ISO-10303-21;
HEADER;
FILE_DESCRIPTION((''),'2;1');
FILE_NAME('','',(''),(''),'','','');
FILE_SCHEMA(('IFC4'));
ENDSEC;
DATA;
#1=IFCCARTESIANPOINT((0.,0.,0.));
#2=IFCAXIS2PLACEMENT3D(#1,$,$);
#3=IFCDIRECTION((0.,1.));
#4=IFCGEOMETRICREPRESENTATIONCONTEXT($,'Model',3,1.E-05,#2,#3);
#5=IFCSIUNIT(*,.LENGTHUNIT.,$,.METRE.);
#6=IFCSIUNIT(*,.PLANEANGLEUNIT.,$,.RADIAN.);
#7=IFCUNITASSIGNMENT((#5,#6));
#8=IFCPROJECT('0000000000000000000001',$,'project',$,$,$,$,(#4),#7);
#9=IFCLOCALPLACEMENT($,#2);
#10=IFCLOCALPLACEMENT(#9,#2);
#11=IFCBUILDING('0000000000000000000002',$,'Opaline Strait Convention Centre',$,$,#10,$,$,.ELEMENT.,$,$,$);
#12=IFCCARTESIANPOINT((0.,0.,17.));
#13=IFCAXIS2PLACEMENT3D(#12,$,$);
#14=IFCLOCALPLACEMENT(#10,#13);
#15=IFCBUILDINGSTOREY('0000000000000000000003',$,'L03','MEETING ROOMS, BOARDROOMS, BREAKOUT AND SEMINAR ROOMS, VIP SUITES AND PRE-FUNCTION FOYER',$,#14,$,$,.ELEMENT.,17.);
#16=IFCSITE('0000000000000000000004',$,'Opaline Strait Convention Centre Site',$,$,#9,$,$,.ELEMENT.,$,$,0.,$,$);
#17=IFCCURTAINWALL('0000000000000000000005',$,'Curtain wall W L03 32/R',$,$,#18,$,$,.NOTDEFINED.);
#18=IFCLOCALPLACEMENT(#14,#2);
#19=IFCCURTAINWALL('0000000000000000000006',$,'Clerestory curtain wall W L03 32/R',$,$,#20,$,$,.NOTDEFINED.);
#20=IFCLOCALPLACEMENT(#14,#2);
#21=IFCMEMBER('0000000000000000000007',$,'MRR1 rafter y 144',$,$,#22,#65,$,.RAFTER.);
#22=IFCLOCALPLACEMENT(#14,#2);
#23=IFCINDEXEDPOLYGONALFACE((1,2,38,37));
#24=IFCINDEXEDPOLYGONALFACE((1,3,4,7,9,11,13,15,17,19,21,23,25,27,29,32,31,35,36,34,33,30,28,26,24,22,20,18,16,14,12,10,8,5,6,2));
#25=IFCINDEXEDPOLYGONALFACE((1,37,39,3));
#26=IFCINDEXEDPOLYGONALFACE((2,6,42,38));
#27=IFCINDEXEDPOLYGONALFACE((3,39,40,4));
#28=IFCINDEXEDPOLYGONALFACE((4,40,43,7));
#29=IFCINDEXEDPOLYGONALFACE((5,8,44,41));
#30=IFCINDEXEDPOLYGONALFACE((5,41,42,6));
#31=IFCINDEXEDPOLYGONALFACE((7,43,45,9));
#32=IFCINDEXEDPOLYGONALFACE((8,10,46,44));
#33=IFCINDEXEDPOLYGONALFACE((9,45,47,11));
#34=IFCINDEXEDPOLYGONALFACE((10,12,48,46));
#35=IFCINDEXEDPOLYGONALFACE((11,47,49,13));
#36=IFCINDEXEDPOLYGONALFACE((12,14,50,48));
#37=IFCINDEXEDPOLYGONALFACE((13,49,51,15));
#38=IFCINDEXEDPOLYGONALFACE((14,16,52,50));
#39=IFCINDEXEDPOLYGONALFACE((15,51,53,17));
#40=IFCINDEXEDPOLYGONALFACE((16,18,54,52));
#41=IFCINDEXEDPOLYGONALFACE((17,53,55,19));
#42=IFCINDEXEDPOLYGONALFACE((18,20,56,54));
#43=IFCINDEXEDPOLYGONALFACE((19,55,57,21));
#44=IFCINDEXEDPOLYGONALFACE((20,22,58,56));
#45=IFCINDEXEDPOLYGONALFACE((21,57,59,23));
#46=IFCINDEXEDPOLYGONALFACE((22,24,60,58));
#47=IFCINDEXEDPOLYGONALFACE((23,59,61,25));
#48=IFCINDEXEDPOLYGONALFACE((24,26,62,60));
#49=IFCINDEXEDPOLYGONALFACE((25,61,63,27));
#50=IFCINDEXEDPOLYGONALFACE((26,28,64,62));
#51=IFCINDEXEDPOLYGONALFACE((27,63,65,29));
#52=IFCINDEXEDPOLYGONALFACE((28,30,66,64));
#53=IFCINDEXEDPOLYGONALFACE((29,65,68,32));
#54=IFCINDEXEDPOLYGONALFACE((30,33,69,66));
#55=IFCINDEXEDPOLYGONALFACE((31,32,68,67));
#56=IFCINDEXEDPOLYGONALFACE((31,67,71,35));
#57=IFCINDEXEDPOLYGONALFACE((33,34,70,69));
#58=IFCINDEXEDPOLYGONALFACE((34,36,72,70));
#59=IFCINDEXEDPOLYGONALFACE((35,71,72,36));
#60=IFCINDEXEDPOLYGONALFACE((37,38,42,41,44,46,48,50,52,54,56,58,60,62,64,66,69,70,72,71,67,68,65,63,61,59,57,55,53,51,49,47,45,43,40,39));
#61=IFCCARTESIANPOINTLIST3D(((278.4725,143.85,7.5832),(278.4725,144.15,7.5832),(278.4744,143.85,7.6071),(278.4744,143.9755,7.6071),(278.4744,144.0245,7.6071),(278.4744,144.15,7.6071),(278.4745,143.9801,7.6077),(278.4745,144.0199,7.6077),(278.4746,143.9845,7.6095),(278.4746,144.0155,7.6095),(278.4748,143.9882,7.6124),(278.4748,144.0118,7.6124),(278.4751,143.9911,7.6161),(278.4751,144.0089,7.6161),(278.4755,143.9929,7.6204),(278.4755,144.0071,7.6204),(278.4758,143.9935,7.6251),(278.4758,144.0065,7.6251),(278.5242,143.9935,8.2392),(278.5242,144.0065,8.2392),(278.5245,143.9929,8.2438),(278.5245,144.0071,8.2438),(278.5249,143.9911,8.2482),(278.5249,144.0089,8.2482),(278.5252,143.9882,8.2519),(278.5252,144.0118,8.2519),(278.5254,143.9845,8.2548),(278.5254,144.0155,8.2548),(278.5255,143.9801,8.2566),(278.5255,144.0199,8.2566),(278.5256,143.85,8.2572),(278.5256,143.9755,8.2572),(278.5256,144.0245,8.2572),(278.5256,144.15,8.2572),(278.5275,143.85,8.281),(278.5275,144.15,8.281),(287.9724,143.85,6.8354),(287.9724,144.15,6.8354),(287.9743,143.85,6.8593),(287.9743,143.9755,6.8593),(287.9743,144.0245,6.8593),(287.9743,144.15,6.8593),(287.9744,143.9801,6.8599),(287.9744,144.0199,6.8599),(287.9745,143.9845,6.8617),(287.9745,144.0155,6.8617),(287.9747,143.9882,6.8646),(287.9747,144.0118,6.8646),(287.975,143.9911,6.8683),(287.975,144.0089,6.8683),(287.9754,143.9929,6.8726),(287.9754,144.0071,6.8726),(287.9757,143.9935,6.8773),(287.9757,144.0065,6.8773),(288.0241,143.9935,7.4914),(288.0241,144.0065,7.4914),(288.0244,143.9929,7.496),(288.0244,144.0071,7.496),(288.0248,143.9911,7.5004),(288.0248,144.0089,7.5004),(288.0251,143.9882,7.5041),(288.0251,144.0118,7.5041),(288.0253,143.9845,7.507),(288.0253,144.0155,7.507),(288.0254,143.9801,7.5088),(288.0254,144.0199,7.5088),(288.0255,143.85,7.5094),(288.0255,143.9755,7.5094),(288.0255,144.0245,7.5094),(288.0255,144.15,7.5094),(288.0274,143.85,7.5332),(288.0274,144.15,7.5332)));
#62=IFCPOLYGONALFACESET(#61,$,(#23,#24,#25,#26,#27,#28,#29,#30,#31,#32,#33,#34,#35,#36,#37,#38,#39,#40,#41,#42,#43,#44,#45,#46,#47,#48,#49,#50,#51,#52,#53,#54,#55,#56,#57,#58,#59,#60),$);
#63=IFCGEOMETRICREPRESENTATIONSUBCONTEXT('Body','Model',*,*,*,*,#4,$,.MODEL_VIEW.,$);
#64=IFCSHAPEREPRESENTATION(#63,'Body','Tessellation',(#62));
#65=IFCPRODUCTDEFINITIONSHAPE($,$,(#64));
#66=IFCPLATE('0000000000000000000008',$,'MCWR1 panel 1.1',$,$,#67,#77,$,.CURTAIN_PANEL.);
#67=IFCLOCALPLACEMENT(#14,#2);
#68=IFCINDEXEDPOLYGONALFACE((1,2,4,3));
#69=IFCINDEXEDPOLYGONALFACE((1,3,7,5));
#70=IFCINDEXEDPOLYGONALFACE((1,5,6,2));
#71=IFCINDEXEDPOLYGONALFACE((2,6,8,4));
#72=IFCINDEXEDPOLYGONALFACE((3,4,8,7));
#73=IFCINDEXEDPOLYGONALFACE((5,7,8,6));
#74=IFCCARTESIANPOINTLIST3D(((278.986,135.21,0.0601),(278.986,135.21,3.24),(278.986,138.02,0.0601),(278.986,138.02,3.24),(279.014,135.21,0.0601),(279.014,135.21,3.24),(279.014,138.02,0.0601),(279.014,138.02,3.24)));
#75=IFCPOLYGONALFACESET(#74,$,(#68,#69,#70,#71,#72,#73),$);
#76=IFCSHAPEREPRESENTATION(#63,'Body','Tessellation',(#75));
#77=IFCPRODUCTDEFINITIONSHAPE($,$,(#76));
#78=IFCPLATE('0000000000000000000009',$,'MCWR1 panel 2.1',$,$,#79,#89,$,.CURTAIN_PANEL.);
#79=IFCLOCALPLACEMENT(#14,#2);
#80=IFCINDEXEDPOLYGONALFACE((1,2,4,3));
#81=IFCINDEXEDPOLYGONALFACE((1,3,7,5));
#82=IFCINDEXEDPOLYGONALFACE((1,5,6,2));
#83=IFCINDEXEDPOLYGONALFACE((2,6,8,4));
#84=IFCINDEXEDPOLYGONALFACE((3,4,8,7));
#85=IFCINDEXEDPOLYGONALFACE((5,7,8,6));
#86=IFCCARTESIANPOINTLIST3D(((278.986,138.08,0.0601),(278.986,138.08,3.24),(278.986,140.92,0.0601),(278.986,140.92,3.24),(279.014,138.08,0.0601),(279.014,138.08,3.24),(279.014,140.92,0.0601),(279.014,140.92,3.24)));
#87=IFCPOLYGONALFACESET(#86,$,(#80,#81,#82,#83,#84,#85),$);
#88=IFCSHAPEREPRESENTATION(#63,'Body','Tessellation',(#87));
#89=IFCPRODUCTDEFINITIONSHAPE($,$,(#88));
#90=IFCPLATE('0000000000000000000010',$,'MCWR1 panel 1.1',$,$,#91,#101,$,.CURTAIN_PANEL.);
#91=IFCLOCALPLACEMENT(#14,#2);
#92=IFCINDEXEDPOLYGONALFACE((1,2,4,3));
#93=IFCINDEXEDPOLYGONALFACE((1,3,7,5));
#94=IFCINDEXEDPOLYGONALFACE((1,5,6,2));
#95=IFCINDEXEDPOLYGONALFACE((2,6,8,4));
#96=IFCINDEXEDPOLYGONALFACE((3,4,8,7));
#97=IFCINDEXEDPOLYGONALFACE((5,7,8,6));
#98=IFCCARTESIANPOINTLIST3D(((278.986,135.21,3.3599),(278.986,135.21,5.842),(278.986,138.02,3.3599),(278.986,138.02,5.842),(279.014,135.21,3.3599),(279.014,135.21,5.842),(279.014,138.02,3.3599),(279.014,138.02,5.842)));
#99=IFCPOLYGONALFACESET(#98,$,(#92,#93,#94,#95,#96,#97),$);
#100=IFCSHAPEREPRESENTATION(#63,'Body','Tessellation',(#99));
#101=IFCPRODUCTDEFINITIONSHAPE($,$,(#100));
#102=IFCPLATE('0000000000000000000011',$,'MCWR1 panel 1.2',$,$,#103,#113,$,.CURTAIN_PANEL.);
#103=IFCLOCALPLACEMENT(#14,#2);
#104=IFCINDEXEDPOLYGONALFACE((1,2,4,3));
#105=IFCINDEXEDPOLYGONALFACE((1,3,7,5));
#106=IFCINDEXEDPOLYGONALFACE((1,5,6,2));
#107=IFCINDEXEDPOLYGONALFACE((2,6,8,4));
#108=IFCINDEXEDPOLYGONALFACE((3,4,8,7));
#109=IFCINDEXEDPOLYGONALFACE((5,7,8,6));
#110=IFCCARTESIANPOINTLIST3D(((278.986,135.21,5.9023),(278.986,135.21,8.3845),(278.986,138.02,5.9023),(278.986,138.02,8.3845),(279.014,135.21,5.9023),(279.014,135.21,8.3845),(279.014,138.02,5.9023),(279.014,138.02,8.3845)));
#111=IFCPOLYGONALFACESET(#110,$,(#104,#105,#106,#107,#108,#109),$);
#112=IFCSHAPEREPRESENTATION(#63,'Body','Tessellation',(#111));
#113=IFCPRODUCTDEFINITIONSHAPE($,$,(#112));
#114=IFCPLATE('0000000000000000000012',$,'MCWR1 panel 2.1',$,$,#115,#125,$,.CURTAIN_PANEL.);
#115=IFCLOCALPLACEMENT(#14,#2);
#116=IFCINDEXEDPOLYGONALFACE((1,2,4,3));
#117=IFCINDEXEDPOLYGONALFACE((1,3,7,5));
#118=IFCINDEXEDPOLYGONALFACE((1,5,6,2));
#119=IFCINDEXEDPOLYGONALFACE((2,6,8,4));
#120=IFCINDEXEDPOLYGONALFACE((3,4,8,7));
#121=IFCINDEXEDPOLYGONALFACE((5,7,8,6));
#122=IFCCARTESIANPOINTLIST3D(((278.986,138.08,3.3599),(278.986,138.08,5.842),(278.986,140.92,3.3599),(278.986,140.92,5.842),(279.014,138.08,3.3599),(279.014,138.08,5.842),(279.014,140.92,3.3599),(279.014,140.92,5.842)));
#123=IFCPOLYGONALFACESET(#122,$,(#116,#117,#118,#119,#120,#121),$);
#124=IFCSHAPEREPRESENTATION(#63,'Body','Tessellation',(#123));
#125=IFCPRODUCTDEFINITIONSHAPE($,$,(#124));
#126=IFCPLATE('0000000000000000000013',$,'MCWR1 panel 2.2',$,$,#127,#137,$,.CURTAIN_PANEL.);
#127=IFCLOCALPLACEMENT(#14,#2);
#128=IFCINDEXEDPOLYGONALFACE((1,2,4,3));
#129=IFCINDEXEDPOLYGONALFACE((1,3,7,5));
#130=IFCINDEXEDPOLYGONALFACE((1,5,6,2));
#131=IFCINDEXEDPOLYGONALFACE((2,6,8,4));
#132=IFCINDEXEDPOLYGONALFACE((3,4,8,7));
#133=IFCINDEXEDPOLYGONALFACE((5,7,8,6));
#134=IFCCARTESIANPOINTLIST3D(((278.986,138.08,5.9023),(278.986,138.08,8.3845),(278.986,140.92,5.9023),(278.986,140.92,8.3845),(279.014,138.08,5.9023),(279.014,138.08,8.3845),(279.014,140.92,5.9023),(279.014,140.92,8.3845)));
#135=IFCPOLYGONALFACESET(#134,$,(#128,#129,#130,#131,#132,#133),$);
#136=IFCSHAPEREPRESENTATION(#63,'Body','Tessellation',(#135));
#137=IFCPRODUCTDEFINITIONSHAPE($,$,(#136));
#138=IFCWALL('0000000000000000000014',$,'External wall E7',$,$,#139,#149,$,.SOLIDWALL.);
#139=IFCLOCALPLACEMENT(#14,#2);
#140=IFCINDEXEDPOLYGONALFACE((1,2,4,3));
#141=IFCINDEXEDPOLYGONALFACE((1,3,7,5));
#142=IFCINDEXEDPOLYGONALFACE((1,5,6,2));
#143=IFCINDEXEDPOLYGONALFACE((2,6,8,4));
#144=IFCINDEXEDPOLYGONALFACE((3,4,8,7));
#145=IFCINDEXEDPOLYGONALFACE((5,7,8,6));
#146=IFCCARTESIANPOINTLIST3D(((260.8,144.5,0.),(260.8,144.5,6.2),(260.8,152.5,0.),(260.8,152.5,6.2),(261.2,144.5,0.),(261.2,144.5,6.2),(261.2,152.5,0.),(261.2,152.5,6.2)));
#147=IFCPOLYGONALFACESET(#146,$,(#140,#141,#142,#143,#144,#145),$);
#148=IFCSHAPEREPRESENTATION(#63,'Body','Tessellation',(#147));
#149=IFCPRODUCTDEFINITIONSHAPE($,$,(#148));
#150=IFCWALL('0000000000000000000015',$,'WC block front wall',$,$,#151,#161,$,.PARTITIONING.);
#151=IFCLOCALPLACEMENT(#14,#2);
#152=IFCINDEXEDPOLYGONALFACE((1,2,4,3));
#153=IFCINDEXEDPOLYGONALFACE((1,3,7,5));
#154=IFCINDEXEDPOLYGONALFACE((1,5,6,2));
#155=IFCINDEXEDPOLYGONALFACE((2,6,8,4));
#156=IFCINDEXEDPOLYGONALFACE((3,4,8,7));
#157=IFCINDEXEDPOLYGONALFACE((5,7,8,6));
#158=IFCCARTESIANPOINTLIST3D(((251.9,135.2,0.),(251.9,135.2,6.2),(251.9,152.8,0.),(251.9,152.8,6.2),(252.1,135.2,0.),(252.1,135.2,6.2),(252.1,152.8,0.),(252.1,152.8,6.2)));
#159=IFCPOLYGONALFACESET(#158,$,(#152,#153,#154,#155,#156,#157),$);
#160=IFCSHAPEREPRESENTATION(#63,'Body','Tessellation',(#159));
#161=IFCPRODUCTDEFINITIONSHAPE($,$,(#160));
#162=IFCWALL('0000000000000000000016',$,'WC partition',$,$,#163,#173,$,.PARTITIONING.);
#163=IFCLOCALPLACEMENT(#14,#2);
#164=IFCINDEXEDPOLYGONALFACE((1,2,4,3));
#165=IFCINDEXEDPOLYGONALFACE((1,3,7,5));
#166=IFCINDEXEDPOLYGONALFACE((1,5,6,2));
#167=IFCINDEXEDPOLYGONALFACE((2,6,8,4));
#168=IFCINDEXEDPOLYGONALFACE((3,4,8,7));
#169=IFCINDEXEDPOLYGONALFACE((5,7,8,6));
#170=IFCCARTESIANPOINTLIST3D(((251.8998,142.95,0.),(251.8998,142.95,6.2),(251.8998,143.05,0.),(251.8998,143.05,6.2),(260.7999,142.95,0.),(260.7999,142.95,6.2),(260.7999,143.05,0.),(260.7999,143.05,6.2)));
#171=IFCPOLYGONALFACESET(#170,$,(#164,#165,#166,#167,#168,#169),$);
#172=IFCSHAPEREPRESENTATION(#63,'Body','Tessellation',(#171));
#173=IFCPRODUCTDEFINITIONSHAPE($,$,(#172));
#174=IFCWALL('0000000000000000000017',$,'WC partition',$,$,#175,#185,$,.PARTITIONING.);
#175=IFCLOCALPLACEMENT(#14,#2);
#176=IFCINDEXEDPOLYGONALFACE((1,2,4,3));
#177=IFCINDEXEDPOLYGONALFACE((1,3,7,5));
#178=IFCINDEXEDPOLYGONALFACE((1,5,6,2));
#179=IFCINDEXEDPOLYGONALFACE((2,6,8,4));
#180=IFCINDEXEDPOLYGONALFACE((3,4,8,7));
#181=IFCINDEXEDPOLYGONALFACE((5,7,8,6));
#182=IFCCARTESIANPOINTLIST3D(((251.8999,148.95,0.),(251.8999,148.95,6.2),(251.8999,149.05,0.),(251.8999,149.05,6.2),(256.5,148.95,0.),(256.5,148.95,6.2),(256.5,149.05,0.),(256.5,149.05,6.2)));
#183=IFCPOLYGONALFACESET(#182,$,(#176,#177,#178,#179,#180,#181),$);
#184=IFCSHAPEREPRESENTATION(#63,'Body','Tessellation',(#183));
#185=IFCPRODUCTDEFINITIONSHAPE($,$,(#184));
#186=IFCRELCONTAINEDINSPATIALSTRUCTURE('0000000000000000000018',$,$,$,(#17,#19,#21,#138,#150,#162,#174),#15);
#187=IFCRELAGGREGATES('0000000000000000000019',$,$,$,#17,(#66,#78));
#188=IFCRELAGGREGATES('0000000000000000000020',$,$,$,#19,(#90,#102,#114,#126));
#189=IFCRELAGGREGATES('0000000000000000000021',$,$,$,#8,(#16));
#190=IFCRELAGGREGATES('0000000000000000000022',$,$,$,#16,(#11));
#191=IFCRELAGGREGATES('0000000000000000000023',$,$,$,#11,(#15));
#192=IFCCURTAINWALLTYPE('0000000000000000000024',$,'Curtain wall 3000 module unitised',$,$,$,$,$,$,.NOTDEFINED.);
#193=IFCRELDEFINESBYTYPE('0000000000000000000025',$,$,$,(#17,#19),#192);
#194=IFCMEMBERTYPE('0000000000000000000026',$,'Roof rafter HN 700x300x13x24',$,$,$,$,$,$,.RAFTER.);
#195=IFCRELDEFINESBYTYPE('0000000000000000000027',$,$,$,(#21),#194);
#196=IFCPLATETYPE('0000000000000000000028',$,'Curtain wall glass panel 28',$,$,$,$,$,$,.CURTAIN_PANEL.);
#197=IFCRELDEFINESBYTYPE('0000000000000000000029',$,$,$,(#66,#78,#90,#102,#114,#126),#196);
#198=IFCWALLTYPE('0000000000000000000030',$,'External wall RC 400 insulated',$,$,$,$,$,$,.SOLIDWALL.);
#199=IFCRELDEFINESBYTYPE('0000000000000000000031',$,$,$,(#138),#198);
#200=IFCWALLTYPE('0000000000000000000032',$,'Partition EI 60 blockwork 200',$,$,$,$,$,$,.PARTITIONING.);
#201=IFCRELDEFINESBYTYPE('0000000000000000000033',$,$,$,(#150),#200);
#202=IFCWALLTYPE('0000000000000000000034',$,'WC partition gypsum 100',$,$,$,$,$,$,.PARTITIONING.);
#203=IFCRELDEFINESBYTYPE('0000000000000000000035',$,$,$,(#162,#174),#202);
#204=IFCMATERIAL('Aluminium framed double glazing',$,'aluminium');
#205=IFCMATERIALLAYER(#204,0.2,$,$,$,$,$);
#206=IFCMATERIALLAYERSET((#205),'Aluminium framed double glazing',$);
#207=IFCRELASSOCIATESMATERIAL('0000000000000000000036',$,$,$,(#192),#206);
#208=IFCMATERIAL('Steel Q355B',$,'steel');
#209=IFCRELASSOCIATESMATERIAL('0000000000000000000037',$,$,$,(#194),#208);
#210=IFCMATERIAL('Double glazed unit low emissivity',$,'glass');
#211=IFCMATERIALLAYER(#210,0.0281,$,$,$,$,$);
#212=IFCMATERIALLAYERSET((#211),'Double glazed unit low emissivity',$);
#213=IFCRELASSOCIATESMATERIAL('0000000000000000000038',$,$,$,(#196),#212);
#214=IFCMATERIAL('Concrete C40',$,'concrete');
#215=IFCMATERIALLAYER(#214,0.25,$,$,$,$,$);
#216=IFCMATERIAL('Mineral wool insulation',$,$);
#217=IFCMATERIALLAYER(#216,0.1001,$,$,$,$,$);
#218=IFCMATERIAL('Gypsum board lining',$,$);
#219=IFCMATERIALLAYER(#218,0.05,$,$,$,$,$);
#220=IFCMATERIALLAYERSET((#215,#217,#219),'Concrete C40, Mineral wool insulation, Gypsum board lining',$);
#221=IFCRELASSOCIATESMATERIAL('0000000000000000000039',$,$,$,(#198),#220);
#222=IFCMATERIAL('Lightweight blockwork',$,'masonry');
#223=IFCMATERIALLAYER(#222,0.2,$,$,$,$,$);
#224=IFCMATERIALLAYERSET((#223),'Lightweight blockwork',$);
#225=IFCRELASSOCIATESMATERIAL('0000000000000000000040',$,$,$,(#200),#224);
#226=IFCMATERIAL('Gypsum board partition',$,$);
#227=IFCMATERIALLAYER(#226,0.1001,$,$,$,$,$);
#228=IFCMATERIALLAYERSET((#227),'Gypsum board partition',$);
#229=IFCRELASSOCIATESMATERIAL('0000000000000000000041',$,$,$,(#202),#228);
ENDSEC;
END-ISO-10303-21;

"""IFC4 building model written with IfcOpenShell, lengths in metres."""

from ifc_helpers import new_model, si_unit, direction, frame, frame_2d, origin, origin_2d, place, context, subcontext, project, spatial, rectangle, i_section, extrude, material, layer, layer_set, material_profile, profile_set, type_object, element, aggregate, save


model = new_model("IFC4")

# Units and contexts
model_context = context("Model", 3, precision=1e-05, world=origin(), true_north=direction((0.0, 1.0)))
body_context = subcontext(model_context, "Body", "Model", "MODEL_VIEW")
ifc_project = project(units=[si_unit("LENGTHUNIT", "METRE"), si_unit("PLANEANGLEUNIT", "RADIAN")], contexts=[model_context])

# Site, building, storey
site_placement = place(None, origin())
site = spatial("IfcSite", under=ifc_project, at=site_placement, Name="Opaline Strait Convention Centre Site", CompositionType="ELEMENT", RefElevation=0.0)
building_placement = place(site_placement, origin())
building = spatial("IfcBuilding", under=site, at=building_placement, Name="Opaline Strait Convention Centre", CompositionType="ELEMENT")
storey_placement = place(building_placement, frame((0.0, 0.0, 17.0)))
storey = spatial("IfcBuildingStorey", under=building, at=storey_placement, Name="L03", Description="MEETING ROOMS, BOARDROOMS, BREAKOUT AND SEMINAR ROOMS, VIP SUITES AND PRE-FUNCTION FOYER", CompositionType="ELEMENT", Elevation=17.0)

# Shared definitions
ifc_material_1 = material(Name="Steel Q355B", Category="steel")

# Curtain walls
ifc_material_2 = material(Name="Aluminium framed double glazing", Category="aluminium")
ifc_layer_1 = layer(ifc_material_2, 0.2)
ifc_layer_set_1 = layer_set([ifc_layer_1], Name="Aluminium framed double glazing")
curtain_wall_type = type_object("IfcCurtainWallType", Name="Curtain wall 3000 module unitised", PredefinedType="NOTDEFINED", material=ifc_layer_set_1)
curtain_wall_1_placement = place(storey_placement, origin())
curtain_wall_1 = element("IfcCurtainWall", 1, at=curtain_wall_1_placement, inside=storey, type_object=curtain_wall_type, Name="Curtain wall W L03 32/R", PredefinedType="NOTDEFINED")
curtain_wall_2_placement = place(storey_placement, origin())
curtain_wall_2 = element("IfcCurtainWall", 2, at=curtain_wall_2_placement, inside=storey, type_object=curtain_wall_type, Name="Clerestory curtain wall W L03 32/R", PredefinedType="NOTDEFINED")

# Member
ifc_material_profile_1 = material_profile(ifc_material_1, i_section(OverallWidth=0.3, OverallDepth=0.7, WebThickness=0.0129, FlangeThickness=0.0239, FilletRadius=0.0181, at=origin_2d()), Name="HN 700x300x13x24")
ifc_profile_set_1 = profile_set([ifc_material_profile_1], Name="Steel Q355B")
member_type_1 = type_object("IfcMemberType", Name="Roof rafter HN 700x300x13x24", PredefinedType="RAFTER", material=ifc_profile_set_1)
member_1_placement = place(storey_placement, frame((278.5, 144.0, 7.9321), z_axis=(0.996916, 0.0, -0.078473), x_axis=(0.0, 1.0, 0.0)))
element("IfcMember", 3, at=member_1_placement, inside=storey, type_object=member_type_1, Name="MRR1 rafter y 144", PredefinedType="RAFTER", context=body_context, shape_type="SweptSolid", body=[
    extrude(i_section(OverallWidth=0.3, OverallDepth=0.7, WebThickness=0.0129, FlangeThickness=0.0239, FilletRadius=0.0181, at=origin_2d()), origin(), (0.0, 0.0, 1.0), 9.5293),
])

# Plates
ifc_material_3 = material(Name="Double glazed unit low emissivity", Category="glass")
ifc_layer_2 = layer(ifc_material_3, 0.0281)
ifc_layer_set_2 = layer_set([ifc_layer_2], Name="Double glazed unit low emissivity")
plate_type = type_object("IfcPlateType", Name="Curtain wall glass panel 28", PredefinedType="CURTAIN_PANEL", material=ifc_layer_set_2)
plate_1_placement = place(storey_placement, frame((279.0, 136.615, 0.0601), z_axis=(0.0, 0.0, 1.0), x_axis=(0.0, 1.0, 0.0)))
plate_1 = element("IfcPlate", 4, at=plate_1_placement, type_object=plate_type, Name="MCWR1 panel 1.1", PredefinedType="CURTAIN_PANEL", context=body_context, shape_type="SweptSolid", body=[
    extrude(rectangle(XDim=2.8101, YDim=0.0281, at=origin_2d()), origin(), (0.0, 0.0, 1.0), 3.1799),
])
plate_2_placement = place(storey_placement, frame((279.0, 139.5, 0.0601), z_axis=(0.0, 0.0, 1.0), x_axis=(0.0, 1.0, 0.0)))
plate_2 = element("IfcPlate", 5, at=plate_2_placement, type_object=plate_type, Name="MCWR1 panel 2.1", PredefinedType="CURTAIN_PANEL", context=body_context, shape_type="SweptSolid", body=[
    extrude(rectangle(XDim=2.8401, YDim=0.0281, at=origin_2d()), origin(), (0.0, 0.0, 1.0), 3.1799),
])
aggregate(curtain_wall_1, [plate_1, plate_2])
plate_3_placement = place(storey_placement, frame((279.0, 136.615, 3.3599), z_axis=(0.0, 0.0, 1.0), x_axis=(0.0, 1.0, 0.0)))
plate_3 = element("IfcPlate", 6, at=plate_3_placement, type_object=plate_type, Name="MCWR1 panel 1.1", PredefinedType="CURTAIN_PANEL", context=body_context, shape_type="SweptSolid", body=[
    extrude(rectangle(XDim=2.8101, YDim=0.0281, at=origin_2d()), origin(), (0.0, 0.0, 1.0), 2.4822),
])
plate_4_placement = place(storey_placement, frame((279.0, 136.615, 5.9023), z_axis=(0.0, 0.0, 1.0), x_axis=(0.0, 1.0, 0.0)))
plate_4 = element("IfcPlate", 7, at=plate_4_placement, type_object=plate_type, Name="MCWR1 panel 1.2", PredefinedType="CURTAIN_PANEL", context=body_context, shape_type="SweptSolid", body=[
    extrude(rectangle(XDim=2.8101, YDim=0.0281, at=origin_2d()), origin(), (0.0, 0.0, 1.0), 2.4822),
])
plate_5_placement = place(storey_placement, frame((279.0, 139.5, 3.3599), z_axis=(0.0, 0.0, 1.0), x_axis=(0.0, 1.0, 0.0)))
plate_5 = element("IfcPlate", 8, at=plate_5_placement, type_object=plate_type, Name="MCWR1 panel 2.1", PredefinedType="CURTAIN_PANEL", context=body_context, shape_type="SweptSolid", body=[
    extrude(rectangle(XDim=2.8401, YDim=0.0281, at=origin_2d()), origin(), (0.0, 0.0, 1.0), 2.4822),
])
plate_6_placement = place(storey_placement, frame((279.0, 139.5, 5.9023), z_axis=(0.0, 0.0, 1.0), x_axis=(0.0, 1.0, 0.0)))
plate_6 = element("IfcPlate", 9, at=plate_6_placement, type_object=plate_type, Name="MCWR1 panel 2.2", PredefinedType="CURTAIN_PANEL", context=body_context, shape_type="SweptSolid", body=[
    extrude(rectangle(XDim=2.8401, YDim=0.0281, at=origin_2d()), origin(), (0.0, 0.0, 1.0), 2.4822),
])
aggregate(curtain_wall_2, [plate_3, plate_4, plate_5, plate_6])

# Walls
ifc_material_4 = material(Name="Concrete C40", Category="concrete")
ifc_layer_3 = layer(ifc_material_4, 0.25)
ifc_material_5 = material(Name="Mineral wool insulation")
ifc_layer_4 = layer(ifc_material_5, 0.1001)
ifc_material_6 = material(Name="Gypsum board lining")
ifc_layer_5 = layer(ifc_material_6, 0.05)
ifc_layer_set_3 = layer_set([ifc_layer_3, ifc_layer_4, ifc_layer_5], Name="Concrete C40, Mineral wool insulation, Gypsum board lining")
wall_type_1 = type_object("IfcWallType", Name="External wall RC 400 insulated", PredefinedType="SOLIDWALL", material=ifc_layer_set_3)
wall_1_placement = place(storey_placement, frame((261.0, 144.5, 0.0), z_axis=(0.0, 0.0, 1.0), x_axis=(0.0, 1.0, 0.0)))
element("IfcWall", 10, at=wall_1_placement, inside=storey, type_object=wall_type_1, Name="External wall E7", PredefinedType="SOLIDWALL", context=body_context, shape_type="SweptSolid", body=[
    extrude(rectangle(XDim=8.0, YDim=0.3999, at=frame_2d((4.0, 0.0))), origin(), (0.0, 0.0, 1.0), 6.2),
])
ifc_material_7 = material(Name="Lightweight blockwork", Category="masonry")
ifc_layer_6 = layer(ifc_material_7, 0.2)
ifc_layer_set_4 = layer_set([ifc_layer_6], Name="Lightweight blockwork")
wall_type_2 = type_object("IfcWallType", Name="Partition EI 60 blockwork 200", PredefinedType="PARTITIONING", material=ifc_layer_set_4)
wall_2_placement = place(storey_placement, frame((252.0, 135.2, 0.0), z_axis=(0.0, 0.0, 1.0), x_axis=(0.0, 1.0, 0.0)))
element("IfcWall", 11, at=wall_2_placement, inside=storey, type_object=wall_type_2, Name="WC block front wall", PredefinedType="PARTITIONING", context=body_context, shape_type="SweptSolid", body=[
    extrude(rectangle(XDim=17.6001, YDim=0.2, at=frame_2d((8.8, 0.0))), origin(), (0.0, 0.0, 1.0), 6.2),
])
ifc_material_8 = material(Name="Gypsum board partition")
ifc_layer_7 = layer(ifc_material_8, 0.1001)
ifc_layer_set_5 = layer_set([ifc_layer_7], Name="Gypsum board partition")
wall_type_3 = type_object("IfcWallType", Name="WC partition gypsum 100", PredefinedType="PARTITIONING", material=ifc_layer_set_5)
wall_3_placement = place(storey_placement, frame((260.8, 143.0, 0.0), z_axis=(0.0, 0.0, 1.0), x_axis=(-1.0, 0.0, 0.0)))
element("IfcWall", 12, at=wall_3_placement, inside=storey, type_object=wall_type_3, Name="WC partition", PredefinedType="PARTITIONING", context=body_context, shape_type="SweptSolid", body=[
    extrude(rectangle(XDim=8.9001, YDim=0.1001, at=frame_2d((4.4502, 0.0))), origin(), (0.0, 0.0, 1.0), 6.2),
])
wall_4_placement = place(storey_placement, frame((256.5, 149.0, 0.0), z_axis=(0.0, 0.0, 1.0), x_axis=(-1.0, 0.0, 0.0)))
element("IfcWall", 13, at=wall_4_placement, inside=storey, type_object=wall_type_3, Name="WC partition", PredefinedType="PARTITIONING", context=body_context, shape_type="SweptSolid", body=[
    extrude(rectangle(XDim=4.6001, YDim=0.1001, at=frame_2d((2.3, 0.0))), origin(), (0.0, 0.0, 1.0), 6.2),
])

save(model, "model.ifc")
